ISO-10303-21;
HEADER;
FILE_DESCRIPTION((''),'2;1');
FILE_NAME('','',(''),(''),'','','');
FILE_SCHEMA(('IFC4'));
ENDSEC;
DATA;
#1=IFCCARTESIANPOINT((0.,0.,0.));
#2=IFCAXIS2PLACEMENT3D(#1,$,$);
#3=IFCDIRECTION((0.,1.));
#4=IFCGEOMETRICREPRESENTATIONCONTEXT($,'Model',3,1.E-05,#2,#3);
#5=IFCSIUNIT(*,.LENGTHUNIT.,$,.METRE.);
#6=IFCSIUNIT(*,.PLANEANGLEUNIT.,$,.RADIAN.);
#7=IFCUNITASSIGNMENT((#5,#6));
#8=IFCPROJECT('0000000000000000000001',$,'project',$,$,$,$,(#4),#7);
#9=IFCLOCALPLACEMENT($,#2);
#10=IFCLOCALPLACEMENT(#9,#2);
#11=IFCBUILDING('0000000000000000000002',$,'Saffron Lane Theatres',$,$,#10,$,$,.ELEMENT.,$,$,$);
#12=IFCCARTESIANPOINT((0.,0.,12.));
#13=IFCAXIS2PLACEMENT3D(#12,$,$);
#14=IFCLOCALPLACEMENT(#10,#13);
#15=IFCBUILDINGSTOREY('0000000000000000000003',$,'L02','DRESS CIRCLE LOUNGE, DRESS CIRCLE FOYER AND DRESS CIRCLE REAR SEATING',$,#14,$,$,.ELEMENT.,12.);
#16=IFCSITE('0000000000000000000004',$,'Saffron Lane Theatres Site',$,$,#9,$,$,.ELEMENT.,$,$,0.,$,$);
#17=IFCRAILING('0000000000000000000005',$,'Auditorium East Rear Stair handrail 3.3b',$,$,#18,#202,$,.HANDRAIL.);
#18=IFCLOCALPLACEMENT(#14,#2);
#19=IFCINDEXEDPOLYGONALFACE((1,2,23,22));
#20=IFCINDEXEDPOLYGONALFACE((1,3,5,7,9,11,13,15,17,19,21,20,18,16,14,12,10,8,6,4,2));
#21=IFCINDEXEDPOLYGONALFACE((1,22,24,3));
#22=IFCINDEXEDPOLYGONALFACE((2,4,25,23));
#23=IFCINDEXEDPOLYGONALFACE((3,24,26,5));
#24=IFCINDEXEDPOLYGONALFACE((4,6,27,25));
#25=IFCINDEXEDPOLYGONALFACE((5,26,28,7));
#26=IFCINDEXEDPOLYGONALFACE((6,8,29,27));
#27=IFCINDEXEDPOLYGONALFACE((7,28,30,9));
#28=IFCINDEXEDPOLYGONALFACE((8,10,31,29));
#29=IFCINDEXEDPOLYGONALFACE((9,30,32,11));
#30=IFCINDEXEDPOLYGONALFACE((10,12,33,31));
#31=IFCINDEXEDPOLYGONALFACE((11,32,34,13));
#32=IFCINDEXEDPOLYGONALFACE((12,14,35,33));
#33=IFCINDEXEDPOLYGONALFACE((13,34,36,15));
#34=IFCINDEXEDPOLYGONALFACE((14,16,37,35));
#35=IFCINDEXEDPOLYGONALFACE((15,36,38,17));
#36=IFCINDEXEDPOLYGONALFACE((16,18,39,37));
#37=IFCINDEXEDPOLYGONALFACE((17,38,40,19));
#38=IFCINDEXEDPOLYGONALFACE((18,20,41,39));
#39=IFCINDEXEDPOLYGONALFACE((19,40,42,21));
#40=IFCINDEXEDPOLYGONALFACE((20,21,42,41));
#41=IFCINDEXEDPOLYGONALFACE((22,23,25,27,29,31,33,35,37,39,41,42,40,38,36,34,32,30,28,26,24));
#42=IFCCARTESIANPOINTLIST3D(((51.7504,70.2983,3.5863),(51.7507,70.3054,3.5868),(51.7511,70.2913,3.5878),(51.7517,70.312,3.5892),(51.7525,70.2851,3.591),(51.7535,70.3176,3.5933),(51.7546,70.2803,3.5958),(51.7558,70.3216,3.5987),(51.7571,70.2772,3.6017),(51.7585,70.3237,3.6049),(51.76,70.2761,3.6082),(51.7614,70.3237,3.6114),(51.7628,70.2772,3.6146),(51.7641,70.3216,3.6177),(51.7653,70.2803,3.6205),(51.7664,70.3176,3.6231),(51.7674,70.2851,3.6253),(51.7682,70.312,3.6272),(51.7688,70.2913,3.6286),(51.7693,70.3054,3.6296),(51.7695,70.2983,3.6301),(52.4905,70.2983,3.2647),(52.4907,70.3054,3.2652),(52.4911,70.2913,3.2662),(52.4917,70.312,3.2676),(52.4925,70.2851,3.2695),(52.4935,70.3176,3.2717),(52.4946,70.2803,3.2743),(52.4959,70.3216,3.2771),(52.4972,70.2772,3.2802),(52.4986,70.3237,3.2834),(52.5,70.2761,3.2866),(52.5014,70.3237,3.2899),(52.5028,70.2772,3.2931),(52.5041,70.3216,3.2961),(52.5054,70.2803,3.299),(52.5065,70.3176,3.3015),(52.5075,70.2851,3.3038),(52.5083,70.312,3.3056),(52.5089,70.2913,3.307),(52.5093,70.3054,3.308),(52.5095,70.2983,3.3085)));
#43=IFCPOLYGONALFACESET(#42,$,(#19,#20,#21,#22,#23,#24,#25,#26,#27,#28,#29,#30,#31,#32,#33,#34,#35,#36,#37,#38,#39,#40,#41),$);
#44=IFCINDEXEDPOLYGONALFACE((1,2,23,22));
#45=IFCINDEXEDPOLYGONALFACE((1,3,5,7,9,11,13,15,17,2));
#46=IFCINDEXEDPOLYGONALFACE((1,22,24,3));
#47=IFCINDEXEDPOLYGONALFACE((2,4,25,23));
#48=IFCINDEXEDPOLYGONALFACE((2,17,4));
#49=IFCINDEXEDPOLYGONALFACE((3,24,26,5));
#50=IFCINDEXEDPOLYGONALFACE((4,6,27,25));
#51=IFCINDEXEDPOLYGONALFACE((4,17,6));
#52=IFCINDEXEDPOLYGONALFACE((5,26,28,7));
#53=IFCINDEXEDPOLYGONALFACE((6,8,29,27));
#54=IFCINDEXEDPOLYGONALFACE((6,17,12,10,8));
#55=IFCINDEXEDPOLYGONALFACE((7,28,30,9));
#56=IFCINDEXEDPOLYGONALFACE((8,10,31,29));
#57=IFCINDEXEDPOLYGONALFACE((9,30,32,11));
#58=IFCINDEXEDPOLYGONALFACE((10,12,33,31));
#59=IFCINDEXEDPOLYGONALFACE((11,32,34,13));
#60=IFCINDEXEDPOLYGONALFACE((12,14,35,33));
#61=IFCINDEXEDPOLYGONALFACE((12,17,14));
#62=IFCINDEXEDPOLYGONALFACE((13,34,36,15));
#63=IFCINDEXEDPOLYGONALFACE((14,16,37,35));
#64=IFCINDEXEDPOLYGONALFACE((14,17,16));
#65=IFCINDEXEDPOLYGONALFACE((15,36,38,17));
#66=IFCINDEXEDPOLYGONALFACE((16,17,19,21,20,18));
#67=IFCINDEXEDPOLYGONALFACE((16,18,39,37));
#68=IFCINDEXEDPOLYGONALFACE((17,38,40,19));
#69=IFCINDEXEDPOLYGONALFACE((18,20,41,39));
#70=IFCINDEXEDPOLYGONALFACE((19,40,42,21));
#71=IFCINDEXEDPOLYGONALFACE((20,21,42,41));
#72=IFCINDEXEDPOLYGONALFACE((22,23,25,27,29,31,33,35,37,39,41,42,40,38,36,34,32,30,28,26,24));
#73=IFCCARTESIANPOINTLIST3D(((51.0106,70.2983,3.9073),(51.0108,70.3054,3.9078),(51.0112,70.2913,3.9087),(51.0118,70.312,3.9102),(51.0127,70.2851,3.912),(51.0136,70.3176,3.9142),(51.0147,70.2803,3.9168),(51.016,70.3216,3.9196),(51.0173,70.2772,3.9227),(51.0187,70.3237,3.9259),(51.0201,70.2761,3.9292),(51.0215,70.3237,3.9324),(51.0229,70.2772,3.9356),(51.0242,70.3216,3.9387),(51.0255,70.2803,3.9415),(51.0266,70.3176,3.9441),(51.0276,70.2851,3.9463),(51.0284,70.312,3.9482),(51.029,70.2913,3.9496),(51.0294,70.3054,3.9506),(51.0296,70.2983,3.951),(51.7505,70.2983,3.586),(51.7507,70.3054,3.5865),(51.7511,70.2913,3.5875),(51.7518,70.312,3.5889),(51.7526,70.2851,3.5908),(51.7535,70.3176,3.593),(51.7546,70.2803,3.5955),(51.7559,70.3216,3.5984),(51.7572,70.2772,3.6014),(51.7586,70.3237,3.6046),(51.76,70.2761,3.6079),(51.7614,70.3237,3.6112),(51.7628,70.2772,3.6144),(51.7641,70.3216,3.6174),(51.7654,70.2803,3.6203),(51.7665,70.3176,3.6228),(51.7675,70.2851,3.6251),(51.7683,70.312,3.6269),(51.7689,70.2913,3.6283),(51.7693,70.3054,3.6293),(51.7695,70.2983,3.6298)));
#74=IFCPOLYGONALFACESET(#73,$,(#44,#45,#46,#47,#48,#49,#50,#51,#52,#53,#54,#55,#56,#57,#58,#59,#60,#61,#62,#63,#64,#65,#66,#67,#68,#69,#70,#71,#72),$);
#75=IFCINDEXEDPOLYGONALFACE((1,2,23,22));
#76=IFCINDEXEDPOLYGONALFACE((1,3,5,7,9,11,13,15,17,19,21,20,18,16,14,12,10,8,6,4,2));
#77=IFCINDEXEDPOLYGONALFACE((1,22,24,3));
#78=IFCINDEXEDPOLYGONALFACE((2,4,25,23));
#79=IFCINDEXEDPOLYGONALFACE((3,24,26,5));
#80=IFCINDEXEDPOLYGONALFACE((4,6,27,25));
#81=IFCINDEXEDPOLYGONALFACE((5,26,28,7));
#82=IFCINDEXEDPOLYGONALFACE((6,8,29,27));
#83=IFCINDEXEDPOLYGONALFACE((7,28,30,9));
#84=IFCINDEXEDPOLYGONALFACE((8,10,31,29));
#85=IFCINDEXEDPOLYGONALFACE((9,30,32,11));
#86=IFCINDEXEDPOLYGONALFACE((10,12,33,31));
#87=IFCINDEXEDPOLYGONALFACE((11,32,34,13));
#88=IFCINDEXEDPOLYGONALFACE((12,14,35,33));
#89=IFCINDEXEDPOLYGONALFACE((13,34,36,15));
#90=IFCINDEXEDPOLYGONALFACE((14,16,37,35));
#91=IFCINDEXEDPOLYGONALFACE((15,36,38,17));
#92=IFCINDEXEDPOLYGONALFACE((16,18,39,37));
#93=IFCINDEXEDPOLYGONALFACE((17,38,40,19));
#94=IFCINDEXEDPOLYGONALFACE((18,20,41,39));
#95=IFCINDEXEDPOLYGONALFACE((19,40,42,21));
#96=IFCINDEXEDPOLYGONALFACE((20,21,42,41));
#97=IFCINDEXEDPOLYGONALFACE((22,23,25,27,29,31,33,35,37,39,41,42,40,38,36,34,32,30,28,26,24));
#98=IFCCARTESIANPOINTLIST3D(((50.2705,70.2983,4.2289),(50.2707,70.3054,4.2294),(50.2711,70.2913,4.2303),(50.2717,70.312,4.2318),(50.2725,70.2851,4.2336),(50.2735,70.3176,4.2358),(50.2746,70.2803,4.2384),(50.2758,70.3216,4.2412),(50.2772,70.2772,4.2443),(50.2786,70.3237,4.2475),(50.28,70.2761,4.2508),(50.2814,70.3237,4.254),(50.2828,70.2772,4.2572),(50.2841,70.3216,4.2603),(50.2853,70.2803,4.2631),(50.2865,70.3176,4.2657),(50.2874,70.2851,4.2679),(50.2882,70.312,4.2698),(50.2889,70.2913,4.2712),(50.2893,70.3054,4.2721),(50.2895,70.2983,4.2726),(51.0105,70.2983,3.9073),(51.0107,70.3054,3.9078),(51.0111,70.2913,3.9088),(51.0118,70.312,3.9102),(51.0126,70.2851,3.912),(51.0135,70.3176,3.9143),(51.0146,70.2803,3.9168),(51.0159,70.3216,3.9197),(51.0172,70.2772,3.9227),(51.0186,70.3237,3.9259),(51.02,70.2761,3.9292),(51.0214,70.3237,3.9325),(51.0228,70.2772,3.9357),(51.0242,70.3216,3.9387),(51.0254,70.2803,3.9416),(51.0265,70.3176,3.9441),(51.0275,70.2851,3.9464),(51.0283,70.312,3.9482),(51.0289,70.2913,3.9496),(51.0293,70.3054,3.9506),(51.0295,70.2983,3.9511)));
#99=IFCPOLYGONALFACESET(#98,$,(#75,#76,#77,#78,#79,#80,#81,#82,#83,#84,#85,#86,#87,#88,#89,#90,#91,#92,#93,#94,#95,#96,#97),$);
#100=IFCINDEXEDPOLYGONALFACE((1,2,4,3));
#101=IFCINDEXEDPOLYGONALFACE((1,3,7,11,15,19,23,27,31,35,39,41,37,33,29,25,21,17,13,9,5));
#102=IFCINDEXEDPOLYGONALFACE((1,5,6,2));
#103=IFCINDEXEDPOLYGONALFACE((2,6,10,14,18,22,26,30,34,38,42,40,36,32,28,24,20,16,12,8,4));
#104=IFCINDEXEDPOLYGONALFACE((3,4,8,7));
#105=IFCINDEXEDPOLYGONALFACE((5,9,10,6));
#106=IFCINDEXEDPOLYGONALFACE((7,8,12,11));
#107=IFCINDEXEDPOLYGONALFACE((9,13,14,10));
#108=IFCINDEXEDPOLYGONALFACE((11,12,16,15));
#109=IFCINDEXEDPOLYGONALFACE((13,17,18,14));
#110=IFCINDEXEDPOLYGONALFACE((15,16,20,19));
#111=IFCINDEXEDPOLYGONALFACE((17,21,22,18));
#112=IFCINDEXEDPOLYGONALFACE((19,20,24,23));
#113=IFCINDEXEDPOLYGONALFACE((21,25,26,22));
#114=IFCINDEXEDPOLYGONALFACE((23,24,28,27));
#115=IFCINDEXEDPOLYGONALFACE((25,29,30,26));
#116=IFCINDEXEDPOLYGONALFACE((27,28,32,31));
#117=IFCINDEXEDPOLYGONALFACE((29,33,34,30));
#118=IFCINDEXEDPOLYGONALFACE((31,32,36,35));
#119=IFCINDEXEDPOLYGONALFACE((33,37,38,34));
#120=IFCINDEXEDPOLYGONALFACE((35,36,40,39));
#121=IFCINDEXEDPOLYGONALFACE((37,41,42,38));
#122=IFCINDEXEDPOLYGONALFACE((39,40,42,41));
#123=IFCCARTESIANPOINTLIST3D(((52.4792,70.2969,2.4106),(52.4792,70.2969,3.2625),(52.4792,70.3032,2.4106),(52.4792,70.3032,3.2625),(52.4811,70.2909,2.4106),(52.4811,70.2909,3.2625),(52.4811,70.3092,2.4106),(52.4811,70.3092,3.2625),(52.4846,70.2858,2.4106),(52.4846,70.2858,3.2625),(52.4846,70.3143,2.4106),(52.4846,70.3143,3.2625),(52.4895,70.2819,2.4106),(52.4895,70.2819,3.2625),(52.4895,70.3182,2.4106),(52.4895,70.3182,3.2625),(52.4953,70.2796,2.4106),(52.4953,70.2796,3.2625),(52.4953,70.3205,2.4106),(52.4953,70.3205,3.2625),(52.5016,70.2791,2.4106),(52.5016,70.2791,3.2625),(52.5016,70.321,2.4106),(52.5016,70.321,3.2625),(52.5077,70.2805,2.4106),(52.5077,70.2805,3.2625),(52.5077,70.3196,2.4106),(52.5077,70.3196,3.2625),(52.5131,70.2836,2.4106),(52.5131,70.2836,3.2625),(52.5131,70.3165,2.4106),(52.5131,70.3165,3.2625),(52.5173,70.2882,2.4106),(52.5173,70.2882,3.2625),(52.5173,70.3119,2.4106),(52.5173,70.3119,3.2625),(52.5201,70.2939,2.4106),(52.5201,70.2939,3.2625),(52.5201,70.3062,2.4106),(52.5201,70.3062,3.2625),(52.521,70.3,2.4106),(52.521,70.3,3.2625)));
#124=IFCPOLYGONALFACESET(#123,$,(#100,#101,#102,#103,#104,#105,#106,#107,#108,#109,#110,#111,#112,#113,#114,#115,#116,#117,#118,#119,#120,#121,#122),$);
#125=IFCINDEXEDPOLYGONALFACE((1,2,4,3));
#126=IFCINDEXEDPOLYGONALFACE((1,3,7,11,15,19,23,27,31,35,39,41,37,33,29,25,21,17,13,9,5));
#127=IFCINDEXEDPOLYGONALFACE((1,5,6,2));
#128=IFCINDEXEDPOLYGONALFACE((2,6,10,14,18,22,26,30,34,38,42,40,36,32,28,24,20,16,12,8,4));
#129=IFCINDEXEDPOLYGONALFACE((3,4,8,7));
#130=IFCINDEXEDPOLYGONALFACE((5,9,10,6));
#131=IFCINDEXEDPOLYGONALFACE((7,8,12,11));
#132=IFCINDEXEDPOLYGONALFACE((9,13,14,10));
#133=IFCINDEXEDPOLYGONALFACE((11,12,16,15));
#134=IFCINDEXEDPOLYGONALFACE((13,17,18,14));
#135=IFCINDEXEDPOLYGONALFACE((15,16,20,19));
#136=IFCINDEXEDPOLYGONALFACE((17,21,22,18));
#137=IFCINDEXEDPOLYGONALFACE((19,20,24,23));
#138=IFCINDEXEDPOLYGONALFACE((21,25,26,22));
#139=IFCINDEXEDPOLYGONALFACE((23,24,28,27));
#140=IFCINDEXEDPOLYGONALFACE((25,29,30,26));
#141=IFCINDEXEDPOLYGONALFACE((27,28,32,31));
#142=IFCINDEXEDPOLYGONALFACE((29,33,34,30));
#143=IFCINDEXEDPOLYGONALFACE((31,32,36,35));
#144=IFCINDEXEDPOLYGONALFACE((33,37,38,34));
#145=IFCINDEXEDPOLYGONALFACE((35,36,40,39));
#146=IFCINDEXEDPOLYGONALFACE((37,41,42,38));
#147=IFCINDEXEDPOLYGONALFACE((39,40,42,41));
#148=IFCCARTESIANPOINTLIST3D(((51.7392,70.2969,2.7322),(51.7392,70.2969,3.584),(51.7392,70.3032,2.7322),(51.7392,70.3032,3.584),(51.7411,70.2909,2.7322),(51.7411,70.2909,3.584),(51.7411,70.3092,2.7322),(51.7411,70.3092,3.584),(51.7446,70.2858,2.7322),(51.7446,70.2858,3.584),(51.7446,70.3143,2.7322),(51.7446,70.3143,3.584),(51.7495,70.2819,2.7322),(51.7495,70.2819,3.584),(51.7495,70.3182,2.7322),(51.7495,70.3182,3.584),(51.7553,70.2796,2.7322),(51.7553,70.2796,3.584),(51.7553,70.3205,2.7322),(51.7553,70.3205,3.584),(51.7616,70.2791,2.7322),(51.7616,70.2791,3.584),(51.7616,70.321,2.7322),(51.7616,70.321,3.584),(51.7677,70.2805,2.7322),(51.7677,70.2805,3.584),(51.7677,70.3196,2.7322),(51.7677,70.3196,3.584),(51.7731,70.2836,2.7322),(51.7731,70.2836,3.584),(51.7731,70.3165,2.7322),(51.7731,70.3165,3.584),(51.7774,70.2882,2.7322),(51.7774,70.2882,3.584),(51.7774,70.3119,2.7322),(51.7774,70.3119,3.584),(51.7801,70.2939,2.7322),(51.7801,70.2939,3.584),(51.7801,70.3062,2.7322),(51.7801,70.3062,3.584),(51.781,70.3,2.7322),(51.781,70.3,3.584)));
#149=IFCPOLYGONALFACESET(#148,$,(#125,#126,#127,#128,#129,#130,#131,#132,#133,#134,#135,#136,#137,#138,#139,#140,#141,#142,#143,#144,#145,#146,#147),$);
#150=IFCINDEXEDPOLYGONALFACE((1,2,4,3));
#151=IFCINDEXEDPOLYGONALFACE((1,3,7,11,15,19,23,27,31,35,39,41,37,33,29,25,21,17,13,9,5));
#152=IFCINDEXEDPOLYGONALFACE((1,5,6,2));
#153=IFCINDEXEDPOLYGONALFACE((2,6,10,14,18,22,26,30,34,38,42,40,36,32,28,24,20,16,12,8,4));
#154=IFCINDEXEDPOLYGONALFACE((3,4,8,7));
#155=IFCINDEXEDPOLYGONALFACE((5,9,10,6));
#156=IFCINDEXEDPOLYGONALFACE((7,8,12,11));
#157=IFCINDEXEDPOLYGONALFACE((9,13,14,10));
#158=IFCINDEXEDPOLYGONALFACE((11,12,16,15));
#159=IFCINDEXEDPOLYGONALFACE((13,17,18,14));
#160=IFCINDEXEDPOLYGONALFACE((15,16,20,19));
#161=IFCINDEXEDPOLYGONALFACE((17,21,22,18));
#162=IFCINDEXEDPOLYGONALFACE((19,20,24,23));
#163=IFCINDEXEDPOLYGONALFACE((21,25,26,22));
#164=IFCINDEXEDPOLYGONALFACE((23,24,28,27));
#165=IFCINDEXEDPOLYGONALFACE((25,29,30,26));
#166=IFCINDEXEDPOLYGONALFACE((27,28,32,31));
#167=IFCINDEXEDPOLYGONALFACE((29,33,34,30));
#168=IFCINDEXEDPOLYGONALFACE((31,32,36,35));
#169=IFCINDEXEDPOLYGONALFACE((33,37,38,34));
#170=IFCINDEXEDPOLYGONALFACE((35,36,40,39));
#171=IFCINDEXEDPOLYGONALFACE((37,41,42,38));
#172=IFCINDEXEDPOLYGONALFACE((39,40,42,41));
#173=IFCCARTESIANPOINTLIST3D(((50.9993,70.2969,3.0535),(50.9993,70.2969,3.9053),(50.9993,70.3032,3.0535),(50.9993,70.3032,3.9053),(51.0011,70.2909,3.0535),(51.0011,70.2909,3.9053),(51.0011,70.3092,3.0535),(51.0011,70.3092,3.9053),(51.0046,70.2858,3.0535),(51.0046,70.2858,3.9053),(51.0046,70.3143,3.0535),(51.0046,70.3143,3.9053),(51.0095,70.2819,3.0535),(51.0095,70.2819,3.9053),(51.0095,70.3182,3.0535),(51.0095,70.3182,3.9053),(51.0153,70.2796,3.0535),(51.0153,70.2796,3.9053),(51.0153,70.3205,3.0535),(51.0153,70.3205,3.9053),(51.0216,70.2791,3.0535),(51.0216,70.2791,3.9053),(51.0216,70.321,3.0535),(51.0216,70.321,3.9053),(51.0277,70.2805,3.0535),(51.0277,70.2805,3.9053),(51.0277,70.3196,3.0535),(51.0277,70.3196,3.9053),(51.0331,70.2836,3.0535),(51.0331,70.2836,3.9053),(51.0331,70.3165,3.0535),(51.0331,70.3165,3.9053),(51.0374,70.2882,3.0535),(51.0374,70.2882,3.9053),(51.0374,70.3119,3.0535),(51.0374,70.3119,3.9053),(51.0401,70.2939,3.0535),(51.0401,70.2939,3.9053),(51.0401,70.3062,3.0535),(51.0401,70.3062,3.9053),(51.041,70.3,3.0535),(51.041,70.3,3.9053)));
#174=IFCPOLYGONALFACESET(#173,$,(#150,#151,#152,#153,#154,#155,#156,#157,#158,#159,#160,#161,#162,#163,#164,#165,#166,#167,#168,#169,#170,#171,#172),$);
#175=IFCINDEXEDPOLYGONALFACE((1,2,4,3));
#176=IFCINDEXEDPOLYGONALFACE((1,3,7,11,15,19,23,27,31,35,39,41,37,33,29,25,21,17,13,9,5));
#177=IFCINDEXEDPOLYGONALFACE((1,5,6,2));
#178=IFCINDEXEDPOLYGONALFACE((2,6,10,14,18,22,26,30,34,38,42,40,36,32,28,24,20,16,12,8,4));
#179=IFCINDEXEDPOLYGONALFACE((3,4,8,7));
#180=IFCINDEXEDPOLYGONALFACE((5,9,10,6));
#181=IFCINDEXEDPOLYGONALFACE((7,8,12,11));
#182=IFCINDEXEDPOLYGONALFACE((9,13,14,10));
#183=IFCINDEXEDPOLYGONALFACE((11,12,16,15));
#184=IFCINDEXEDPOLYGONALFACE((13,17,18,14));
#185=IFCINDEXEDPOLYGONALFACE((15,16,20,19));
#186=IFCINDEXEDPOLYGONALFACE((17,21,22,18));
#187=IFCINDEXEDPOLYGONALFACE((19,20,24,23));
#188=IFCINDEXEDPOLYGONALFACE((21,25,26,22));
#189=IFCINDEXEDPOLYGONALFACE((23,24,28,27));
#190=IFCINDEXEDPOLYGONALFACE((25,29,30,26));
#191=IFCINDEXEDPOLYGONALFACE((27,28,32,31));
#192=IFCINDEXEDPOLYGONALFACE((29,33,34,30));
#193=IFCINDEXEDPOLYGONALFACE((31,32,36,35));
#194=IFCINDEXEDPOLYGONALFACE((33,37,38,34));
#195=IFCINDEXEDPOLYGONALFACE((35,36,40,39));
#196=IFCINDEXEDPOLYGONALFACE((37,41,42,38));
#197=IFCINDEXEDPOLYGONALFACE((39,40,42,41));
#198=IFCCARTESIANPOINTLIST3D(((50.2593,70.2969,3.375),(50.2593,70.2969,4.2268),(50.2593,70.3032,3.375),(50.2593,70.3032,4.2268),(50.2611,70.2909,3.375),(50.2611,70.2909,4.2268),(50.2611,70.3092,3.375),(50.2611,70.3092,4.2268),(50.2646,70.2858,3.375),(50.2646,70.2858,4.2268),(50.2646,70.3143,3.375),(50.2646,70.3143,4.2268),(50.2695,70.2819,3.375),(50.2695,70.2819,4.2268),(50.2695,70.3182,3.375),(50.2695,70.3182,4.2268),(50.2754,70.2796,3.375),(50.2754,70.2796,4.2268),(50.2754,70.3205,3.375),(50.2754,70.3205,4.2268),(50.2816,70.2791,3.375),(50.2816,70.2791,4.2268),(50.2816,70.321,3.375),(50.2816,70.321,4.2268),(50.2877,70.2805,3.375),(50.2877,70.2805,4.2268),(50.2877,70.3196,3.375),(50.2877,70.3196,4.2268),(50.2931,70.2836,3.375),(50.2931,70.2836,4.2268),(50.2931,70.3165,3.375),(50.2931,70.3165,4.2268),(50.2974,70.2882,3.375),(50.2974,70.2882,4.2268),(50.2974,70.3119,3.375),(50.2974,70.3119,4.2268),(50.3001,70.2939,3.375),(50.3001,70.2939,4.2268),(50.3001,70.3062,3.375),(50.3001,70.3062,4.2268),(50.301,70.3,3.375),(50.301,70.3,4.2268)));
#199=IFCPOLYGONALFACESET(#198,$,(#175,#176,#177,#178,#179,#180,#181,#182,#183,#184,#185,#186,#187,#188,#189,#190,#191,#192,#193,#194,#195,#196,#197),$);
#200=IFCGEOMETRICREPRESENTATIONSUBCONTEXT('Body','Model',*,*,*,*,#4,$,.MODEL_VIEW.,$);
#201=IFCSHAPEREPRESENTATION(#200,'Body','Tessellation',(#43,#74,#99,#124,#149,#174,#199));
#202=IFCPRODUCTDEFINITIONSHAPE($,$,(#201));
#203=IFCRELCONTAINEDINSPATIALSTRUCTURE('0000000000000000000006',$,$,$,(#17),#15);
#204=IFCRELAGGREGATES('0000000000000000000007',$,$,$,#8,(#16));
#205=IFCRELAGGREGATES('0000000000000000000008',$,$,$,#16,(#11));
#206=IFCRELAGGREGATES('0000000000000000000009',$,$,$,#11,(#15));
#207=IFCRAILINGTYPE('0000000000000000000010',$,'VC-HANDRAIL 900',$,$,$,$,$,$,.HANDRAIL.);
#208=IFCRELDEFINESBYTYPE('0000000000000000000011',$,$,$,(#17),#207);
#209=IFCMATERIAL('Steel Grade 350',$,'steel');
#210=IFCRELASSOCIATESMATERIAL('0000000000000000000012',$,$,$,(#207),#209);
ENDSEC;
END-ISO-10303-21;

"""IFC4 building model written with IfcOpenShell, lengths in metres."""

from ifc_helpers import new_model, si_unit, direction, frame, origin, origin_2d, place, context, subcontext, project, spatial, circle, extrude, material, type_object, element, save


model = new_model("IFC4")

# Units and contexts
model_context = context("Model", 3, precision=1e-05, world=origin(), true_north=direction((0.0, 1.0)))
body_context = subcontext(model_context, "Body", "Model", "MODEL_VIEW")
ifc_project = project(units=[si_unit("LENGTHUNIT", "METRE"), si_unit("PLANEANGLEUNIT", "RADIAN")], contexts=[model_context])

# Site, building, storey
site_placement = place(None, origin())
site = spatial("IfcSite", under=ifc_project, at=site_placement, Name="Saffron Lane Theatres Site", CompositionType="ELEMENT", RefElevation=0.0)
building_placement = place(site_placement, origin())
building = spatial("IfcBuilding", under=site, at=building_placement, Name="Saffron Lane Theatres", CompositionType="ELEMENT")
storey_placement = place(building_placement, frame((0.0, 0.0, 12.0)))
storey = spatial("IfcBuildingStorey", under=building, at=storey_placement, Name="L02", Description="DRESS CIRCLE LOUNGE, DRESS CIRCLE FOYER AND DRESS CIRCLE REAR SEATING", CompositionType="ELEMENT", Elevation=12.0)

# Railing
ifc_material_1 = material(Name="Steel Grade 350", Category="steel")
railing_type_1 = type_object("IfcRailingType", Name="VC-HANDRAIL 900", PredefinedType="HANDRAIL", material=ifc_material_1)
railing_1_placement = place(storey_placement, frame((52.5, 70.3, 2.4106)))
element("IfcRailing", 1, at=railing_1_placement, inside=storey, type_object=railing_type_1, Name="Auditorium East Rear Stair handrail 3.3b", PredefinedType="HANDRAIL", context=body_context, shape_type="SweptSolid", body=[
    extrude(circle(Radius=0.0239, at=origin_2d()), frame((0.0, 0.0, 0.876), z_axis=(-0.917161, 0.0, 0.398516), x_axis=(0.0, -1.0, 0.0)), (0.0, 0.0, 1.0), 0.8069),
    extrude(circle(Radius=0.0239, at=origin_2d()), frame((-0.74, 0.0, 1.1973), z_axis=(-0.917272, 0.0, 0.398261), x_axis=(0.0, -1.0, 0.0)), (0.0, 0.0, 1.0), 0.8066),
    extrude(circle(Radius=0.0239, at=origin_2d()), frame((-1.48, 0.0, 1.5186), z_axis=(-0.917161, 0.0, 0.398516), x_axis=(0.0, -1.0, 0.0)), (0.0, 0.0, 1.0), 0.8069),
    extrude(circle(Radius=0.021, at=origin_2d()), origin(), (0.0, 0.0, 1.0), 0.8518),
    extrude(circle(Radius=0.021, at=origin_2d()), frame((-0.74, 0.0, 0.3215)), (0.0, 0.0, 1.0), 0.8518),
    extrude(circle(Radius=0.021, at=origin_2d()), frame((-1.48, 0.0, 0.6428)), (0.0, 0.0, 1.0), 0.8518),
    extrude(circle(Radius=0.021, at=origin_2d()), frame((-2.22, 0.0, 0.9644)), (0.0, 0.0, 1.0), 0.8518),
])

save(model, "model.ifc")
